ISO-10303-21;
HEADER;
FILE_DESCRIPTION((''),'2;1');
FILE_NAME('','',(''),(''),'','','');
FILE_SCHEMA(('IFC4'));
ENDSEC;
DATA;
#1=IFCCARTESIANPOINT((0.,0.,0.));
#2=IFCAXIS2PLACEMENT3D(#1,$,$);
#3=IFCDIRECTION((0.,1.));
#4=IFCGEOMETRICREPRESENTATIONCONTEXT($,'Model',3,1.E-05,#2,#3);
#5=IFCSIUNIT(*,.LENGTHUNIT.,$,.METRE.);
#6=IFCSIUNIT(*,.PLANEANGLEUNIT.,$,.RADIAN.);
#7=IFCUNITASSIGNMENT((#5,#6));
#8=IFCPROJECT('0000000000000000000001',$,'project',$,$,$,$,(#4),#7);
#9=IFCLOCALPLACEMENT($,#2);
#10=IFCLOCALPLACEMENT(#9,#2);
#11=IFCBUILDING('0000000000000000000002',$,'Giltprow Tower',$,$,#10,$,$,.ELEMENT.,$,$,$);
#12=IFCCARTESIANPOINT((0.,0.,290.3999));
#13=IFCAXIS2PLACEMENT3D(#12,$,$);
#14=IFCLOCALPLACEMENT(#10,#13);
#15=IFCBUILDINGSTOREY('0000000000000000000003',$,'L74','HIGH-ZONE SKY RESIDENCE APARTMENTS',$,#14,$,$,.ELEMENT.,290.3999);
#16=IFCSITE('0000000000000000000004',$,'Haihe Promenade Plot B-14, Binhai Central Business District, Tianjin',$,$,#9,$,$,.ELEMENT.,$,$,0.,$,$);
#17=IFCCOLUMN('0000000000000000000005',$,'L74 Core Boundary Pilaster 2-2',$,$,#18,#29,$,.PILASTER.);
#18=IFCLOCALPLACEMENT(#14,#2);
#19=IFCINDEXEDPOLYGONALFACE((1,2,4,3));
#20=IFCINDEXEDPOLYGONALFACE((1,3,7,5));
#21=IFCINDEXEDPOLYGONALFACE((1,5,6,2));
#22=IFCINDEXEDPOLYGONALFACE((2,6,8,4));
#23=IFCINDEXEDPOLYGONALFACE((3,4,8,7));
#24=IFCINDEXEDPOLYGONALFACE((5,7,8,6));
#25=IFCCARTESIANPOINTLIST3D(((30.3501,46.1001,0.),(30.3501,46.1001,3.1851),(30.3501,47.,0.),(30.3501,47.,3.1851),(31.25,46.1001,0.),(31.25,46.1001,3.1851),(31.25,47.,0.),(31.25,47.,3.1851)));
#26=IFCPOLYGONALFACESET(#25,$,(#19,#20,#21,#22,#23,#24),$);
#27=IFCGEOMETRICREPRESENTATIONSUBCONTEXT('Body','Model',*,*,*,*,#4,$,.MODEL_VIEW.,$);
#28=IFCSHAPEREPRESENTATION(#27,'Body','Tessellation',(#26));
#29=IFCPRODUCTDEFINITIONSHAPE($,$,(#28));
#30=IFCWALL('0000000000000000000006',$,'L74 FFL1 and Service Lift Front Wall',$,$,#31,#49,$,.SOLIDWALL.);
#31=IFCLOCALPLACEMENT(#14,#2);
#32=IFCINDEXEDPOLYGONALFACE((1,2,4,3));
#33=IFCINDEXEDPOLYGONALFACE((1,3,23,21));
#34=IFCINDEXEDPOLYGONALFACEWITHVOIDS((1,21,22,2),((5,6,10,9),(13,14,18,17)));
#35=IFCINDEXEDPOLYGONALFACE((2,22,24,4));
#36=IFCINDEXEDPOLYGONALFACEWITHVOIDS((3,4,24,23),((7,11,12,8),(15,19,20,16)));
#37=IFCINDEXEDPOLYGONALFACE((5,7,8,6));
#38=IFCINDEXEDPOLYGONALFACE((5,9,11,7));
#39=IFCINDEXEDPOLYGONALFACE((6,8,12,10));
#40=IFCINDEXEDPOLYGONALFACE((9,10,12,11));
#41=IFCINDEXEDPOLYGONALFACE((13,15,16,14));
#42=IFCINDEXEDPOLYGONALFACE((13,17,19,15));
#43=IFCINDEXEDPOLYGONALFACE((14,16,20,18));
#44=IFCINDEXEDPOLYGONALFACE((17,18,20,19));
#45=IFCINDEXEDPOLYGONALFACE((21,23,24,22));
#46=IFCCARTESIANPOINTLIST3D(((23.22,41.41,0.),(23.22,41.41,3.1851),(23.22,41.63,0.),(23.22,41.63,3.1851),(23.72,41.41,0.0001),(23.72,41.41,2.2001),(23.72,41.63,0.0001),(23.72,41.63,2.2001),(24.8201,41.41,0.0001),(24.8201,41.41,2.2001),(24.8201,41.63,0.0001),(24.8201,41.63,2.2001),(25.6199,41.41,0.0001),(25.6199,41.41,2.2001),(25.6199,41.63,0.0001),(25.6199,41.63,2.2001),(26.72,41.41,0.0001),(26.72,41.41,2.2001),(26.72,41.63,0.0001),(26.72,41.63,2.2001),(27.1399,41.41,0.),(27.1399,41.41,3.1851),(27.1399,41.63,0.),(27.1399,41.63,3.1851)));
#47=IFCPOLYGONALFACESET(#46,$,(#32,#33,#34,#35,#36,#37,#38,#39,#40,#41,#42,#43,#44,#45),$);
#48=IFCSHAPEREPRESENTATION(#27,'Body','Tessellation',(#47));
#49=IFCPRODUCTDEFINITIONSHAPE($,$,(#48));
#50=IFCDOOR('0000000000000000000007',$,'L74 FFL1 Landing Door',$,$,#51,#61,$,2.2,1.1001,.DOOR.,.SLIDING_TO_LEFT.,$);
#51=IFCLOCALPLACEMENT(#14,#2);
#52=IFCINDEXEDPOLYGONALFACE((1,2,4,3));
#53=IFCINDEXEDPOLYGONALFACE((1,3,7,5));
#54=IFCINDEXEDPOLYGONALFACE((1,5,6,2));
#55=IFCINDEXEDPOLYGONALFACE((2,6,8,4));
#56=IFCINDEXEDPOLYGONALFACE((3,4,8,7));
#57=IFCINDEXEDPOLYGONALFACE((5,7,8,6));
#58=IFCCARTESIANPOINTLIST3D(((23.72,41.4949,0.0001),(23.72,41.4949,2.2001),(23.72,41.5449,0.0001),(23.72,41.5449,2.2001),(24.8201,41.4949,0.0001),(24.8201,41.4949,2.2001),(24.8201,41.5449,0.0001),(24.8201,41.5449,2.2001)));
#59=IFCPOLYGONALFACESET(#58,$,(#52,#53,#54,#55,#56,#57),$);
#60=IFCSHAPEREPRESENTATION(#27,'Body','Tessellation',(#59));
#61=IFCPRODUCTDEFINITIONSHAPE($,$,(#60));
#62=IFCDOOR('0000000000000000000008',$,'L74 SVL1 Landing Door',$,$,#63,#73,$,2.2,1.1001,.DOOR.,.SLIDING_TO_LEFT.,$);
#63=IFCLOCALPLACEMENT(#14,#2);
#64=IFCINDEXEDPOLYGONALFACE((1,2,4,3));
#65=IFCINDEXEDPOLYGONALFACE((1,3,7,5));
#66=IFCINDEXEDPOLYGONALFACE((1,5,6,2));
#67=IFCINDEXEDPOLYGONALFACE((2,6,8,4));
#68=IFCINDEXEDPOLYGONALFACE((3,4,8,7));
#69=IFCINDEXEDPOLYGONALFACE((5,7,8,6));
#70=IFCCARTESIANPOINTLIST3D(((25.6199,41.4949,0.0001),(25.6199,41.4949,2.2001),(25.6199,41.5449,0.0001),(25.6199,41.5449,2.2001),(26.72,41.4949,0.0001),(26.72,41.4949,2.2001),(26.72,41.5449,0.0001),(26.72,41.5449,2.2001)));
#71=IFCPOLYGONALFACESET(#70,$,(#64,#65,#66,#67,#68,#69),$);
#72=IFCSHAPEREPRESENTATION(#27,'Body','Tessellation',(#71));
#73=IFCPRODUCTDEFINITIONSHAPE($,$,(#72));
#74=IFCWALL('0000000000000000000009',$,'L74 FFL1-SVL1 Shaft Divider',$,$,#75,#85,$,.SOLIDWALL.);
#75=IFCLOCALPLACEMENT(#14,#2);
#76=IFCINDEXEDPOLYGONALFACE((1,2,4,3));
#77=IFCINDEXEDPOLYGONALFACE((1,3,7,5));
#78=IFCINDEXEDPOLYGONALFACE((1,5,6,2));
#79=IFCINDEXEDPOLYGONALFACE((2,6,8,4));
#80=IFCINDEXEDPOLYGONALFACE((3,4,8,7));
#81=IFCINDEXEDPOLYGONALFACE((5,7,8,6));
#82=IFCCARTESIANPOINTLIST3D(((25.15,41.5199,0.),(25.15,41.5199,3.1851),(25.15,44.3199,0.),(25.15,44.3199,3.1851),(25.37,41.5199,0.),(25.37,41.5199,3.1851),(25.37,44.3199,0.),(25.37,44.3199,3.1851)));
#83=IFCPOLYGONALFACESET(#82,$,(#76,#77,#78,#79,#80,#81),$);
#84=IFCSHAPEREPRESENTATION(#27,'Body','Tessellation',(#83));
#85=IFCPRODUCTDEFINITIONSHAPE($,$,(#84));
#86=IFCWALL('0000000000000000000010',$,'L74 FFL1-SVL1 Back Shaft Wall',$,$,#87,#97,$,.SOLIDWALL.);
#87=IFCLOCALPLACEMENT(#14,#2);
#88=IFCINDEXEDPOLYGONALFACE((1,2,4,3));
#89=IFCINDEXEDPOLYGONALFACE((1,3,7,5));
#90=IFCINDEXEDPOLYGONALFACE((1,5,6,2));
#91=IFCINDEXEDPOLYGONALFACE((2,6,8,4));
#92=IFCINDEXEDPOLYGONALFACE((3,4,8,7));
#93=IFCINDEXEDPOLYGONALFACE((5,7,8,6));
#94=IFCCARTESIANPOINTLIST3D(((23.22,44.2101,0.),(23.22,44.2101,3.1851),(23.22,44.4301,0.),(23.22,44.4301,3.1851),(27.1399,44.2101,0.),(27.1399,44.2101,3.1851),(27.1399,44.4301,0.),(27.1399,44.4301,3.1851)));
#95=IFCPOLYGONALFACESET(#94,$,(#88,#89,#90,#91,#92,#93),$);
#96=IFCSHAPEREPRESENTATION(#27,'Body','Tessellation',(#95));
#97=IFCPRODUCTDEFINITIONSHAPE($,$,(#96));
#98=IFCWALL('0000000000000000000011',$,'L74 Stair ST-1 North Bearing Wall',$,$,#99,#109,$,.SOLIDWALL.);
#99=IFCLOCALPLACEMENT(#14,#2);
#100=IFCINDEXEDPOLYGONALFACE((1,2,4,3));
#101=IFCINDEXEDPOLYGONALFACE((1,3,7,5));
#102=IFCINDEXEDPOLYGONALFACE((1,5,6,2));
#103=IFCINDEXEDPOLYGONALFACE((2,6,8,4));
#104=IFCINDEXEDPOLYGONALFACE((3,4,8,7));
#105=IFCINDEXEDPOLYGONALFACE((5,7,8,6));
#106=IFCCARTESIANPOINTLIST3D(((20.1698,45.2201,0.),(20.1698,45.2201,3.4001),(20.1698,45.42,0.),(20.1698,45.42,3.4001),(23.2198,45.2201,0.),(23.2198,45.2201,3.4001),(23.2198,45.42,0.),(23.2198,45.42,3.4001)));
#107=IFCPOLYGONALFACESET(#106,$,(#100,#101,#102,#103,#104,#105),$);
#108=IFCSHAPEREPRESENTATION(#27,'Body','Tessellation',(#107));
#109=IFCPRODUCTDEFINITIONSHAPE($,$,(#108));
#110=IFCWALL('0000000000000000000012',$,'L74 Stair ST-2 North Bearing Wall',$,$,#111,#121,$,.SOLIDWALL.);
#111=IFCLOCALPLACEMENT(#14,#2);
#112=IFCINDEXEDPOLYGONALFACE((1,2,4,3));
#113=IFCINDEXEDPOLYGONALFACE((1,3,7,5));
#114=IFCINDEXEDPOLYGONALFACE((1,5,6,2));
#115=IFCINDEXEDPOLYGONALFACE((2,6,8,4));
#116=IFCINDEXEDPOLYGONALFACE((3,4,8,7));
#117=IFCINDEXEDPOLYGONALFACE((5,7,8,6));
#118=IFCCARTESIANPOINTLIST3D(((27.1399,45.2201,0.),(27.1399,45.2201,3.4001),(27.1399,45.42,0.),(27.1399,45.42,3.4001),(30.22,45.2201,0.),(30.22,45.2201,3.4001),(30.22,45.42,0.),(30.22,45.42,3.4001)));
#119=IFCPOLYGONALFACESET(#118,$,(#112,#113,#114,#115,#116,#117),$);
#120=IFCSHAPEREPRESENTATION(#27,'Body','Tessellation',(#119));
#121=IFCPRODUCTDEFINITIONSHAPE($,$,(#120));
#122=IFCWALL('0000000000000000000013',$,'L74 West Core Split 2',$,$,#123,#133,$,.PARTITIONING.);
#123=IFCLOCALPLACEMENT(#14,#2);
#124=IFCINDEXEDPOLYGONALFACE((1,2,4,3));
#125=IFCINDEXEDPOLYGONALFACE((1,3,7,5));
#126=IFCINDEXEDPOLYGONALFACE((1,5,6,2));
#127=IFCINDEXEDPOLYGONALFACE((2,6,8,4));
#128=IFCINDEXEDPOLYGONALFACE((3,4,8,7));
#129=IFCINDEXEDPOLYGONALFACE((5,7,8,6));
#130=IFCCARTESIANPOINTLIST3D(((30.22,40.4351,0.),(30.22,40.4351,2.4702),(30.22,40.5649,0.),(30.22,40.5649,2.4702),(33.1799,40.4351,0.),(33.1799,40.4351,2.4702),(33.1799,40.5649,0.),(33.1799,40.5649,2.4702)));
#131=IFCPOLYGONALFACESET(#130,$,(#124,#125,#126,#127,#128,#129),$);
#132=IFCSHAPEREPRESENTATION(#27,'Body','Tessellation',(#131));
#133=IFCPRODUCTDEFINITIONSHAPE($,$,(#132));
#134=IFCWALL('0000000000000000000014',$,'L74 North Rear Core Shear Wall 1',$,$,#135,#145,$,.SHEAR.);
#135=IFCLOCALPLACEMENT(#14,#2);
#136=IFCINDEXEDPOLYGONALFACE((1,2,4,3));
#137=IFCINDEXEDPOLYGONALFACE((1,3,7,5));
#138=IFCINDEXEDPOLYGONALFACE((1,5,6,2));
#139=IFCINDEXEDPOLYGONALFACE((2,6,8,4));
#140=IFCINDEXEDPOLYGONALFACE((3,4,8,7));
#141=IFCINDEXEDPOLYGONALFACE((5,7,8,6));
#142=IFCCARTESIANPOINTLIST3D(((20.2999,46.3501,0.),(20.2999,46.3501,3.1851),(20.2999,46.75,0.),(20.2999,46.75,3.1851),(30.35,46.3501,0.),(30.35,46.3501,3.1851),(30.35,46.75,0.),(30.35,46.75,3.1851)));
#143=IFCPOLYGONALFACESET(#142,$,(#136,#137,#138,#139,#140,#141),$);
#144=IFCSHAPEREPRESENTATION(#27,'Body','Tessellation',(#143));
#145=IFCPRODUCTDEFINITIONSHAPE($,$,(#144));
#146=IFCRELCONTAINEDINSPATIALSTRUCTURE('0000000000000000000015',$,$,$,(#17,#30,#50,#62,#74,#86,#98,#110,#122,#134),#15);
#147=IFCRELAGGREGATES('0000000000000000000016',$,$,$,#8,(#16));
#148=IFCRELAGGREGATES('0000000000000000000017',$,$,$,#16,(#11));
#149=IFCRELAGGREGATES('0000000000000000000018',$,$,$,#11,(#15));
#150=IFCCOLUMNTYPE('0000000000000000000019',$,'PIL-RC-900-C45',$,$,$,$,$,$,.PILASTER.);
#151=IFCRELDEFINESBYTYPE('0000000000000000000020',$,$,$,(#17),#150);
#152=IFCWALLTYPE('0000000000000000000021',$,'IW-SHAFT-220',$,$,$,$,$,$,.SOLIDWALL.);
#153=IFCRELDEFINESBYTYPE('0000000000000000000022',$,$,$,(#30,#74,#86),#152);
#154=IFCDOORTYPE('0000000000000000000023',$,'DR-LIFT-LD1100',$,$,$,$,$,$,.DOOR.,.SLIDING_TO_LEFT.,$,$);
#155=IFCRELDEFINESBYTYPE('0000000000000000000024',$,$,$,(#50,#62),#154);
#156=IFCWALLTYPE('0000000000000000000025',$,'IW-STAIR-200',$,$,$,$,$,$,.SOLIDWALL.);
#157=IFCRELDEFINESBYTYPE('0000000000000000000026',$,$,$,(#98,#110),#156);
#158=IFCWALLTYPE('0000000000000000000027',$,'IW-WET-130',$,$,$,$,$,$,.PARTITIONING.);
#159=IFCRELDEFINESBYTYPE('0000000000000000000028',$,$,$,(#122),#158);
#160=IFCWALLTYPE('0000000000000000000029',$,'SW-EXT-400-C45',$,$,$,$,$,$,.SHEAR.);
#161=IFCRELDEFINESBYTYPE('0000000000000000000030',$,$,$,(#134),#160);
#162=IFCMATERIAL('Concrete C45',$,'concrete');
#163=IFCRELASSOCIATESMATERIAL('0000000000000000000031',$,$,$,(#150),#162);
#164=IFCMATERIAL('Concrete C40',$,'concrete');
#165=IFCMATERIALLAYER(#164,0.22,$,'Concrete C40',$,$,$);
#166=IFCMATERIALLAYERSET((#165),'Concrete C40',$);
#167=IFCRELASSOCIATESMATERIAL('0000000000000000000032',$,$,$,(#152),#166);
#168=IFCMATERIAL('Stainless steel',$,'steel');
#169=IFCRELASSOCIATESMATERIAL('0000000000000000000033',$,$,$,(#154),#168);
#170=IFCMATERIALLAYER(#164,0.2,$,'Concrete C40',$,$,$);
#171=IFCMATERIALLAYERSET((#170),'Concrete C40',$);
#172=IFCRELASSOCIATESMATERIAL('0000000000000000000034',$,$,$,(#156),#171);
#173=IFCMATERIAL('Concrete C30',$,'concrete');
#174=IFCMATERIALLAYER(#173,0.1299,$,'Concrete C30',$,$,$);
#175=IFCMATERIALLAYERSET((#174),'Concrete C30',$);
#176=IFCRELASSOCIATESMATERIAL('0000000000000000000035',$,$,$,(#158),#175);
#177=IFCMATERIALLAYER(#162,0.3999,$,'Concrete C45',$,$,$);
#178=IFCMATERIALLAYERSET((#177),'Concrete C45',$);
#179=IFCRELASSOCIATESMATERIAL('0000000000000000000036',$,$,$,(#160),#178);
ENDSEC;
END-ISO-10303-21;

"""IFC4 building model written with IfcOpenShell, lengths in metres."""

from ifc_helpers import new_model, si_unit, direction, frame, frame_2d, origin, origin_2d, place, context, subcontext, project, spatial, rectangle, extrude, source, transform, mapped, material, layer, layer_set, material_profile, profile_set, type_object, element, fill, save


model = new_model("IFC4")

# Units and contexts
model_context = context("Model", 3, precision=1e-05, world=origin(), true_north=direction((0.0, 1.0)))
body_context = subcontext(model_context, "Body", "Model", "MODEL_VIEW")
ifc_project = project(units=[si_unit("LENGTHUNIT", "METRE"), si_unit("PLANEANGLEUNIT", "RADIAN")], contexts=[model_context])

# Site, building, storey
site_placement = place(None, origin())
site = spatial("IfcSite", under=ifc_project, at=site_placement, Name="Haihe Promenade Plot B-14, Binhai Central Business District, Tianjin", CompositionType="ELEMENT", RefElevation=0.0)
building_placement = place(site_placement, origin())
building = spatial("IfcBuilding", under=site, at=building_placement, Name="Giltprow Tower", CompositionType="ELEMENT")
storey_placement = place(building_placement, frame((0.0, 0.0, 290.3999)))
storey = spatial("IfcBuildingStorey", under=building, at=storey_placement, Name="L74", Description="HIGH-ZONE SKY RESIDENCE APARTMENTS", CompositionType="ELEMENT", Elevation=290.3999)

# Column
ifc_material_1 = material(Name="Concrete C45", Category="concrete")
ifc_material_profile = material_profile(ifc_material_1, rectangle(XDim=0.8999, YDim=0.8999, at=origin_2d()), Name="RC 900x900")
ifc_profile_set = profile_set([ifc_material_profile], Name="Concrete C45")
column_type = type_object("IfcColumnType", Name="PIL-RC-900-C45", PredefinedType="PILASTER", material=ifc_profile_set)
shared_shape_1 = source(origin(), body_context, "Body", "SweptSolid", [
    extrude(rectangle(XDim=0.8999, YDim=0.8999, at=origin_2d()), origin(), (0.0, 0.0, 1.0), 3.1851),
])
column_placement = place(storey_placement, frame((30.8, 46.55, 0.0), z_axis=(0.0, 0.0, 1.0), x_axis=(1.0, 0.0, 0.0)))
element("IfcColumn", 1, at=column_placement, inside=storey, type_object=column_type, Name="L74 Core Boundary Pilaster 2-2", PredefinedType="PILASTER", context=body_context, shape_type="MappedRepresentation", body=[
    mapped(shared_shape_1, transform((0.0, 0.0, 0.0), x_axis=(1.0, 0.0, 0.0), y_axis=(0.0, 1.0, 0.0), z_axis=(0.0, 0.0, 1.0), scale=1.0)),
])

# Wall, openings, doors
ifc_material_2 = material(Name="Concrete C40", Category="concrete")
ifc_layer_1 = layer(ifc_material_2, 0.22, Name="Concrete C40")
ifc_layer_set_1 = layer_set([ifc_layer_1], Name="Concrete C40")
wall_type_1 = type_object("IfcWallType", Name="IW-SHAFT-220", PredefinedType="SOLIDWALL", material=ifc_layer_set_1)
wall_1_placement = place(storey_placement, frame((23.22, 41.52, 0.0), z_axis=(0.0, 0.0, 1.0), x_axis=(1.0, 0.0, 0.0)))
wall_1 = element("IfcWall", 2, at=wall_1_placement, inside=storey, type_object=wall_type_1, Name="L74 FFL1 and Service Lift Front Wall", PredefinedType="SOLIDWALL", context=body_context, shape_type="SweptSolid", body=[
    extrude(rectangle(XDim=3.9199, YDim=0.22, at=frame_2d((1.96, 0.0))), origin(), (0.0, 0.0, 1.0), 3.1851),
])
opening_1_placement = place(wall_1_placement, frame((0.5, 0.0, 0.0)))
opening_1 = element("IfcOpeningElement", 3, at=opening_1_placement, cuts=wall_1, PredefinedType="OPENING", context=body_context, shape_type="SweptSolid", body=[
    extrude(rectangle(XDim=1.1001, YDim=2.2, at=frame_2d((0.55, 1.1001))), frame((0.0, 0.1199, 0.0), z_axis=(0.0, -1.0, 0.0), x_axis=(1.0, 0.0, 0.0)), (0.0, 0.0, 1.0), 0.24),
])
opening_2_placement = place(wall_1_placement, frame((2.3999, 0.0, 0.0)))
opening_2 = element("IfcOpeningElement", 4, at=opening_2_placement, cuts=wall_1, PredefinedType="OPENING", context=body_context, shape_type="SweptSolid", body=[
    extrude(rectangle(XDim=1.1001, YDim=2.2, at=frame_2d((0.55, 1.1001))), frame((0.0, 0.1199, 0.0), z_axis=(0.0, -1.0, 0.0), x_axis=(1.0, 0.0, 0.0)), (0.0, 0.0, 1.0), 0.24),
])
ifc_material_3 = material(Name="Stainless steel", Category="steel")
door_type = type_object("IfcDoorType", Name="DR-LIFT-LD1100", OperationType="SLIDING_TO_LEFT", PredefinedType="DOOR", material=ifc_material_3)
shared_shape_2 = source(origin(), body_context, "Body", "SweptSolid", [
    extrude(rectangle(XDim=1.1001, YDim=2.2, at=frame_2d((0.55, 1.1001))), frame((0.0, 0.0249, 0.0), z_axis=(0.0, -1.0, 0.0), x_axis=(1.0, 0.0, 0.0)), (0.0, 0.0, 1.0), 0.05),
])
door_1_placement = place(opening_1_placement, origin())
door_1 = element("IfcDoor", 5, at=door_1_placement, inside=storey, type_object=door_type, Name="L74 FFL1 Landing Door", OperationType="SLIDING_TO_LEFT", OverallHeight=2.2, OverallWidth=1.1001, PredefinedType="DOOR", context=body_context, shape_type="MappedRepresentation", body=[
    mapped(shared_shape_2, transform((0.0, 0.0, 0.0), x_axis=(1.0, 0.0, 0.0), y_axis=(0.0, 1.0, 0.0), z_axis=(0.0, 0.0, 1.0), scale=1.0)),
])
fill(opening_1, door_1)
door_2_placement = place(opening_2_placement, origin())
door_2 = element("IfcDoor", 6, at=door_2_placement, inside=storey, type_object=door_type, Name="L74 SVL1 Landing Door", OperationType="SLIDING_TO_LEFT", OverallHeight=2.2, OverallWidth=1.1001, PredefinedType="DOOR", context=body_context, shape_type="MappedRepresentation", body=[
    mapped(shared_shape_2, transform((0.0, 0.0, 0.0), x_axis=(1.0, 0.0, 0.0), y_axis=(0.0, 1.0, 0.0), z_axis=(0.0, 0.0, 1.0), scale=1.0)),
])
fill(opening_2, door_2)

# Walls
wall_2_placement = place(storey_placement, frame((25.26, 41.52, 0.0), z_axis=(0.0, 0.0, 1.0), x_axis=(0.0, 1.0, 0.0)))
element("IfcWall", 7, at=wall_2_placement, inside=storey, type_object=wall_type_1, Name="L74 FFL1-SVL1 Shaft Divider", PredefinedType="SOLIDWALL", context=body_context, shape_type="SweptSolid", body=[
    extrude(rectangle(XDim=2.8, YDim=0.22, at=frame_2d((1.3999, 0.0))), origin(), (0.0, 0.0, 1.0), 3.1851),
])
wall_3_placement = place(storey_placement, frame((23.22, 44.3201, 0.0), z_axis=(0.0, 0.0, 1.0), x_axis=(1.0, 0.0, 0.0)))
element("IfcWall", 8, at=wall_3_placement, inside=storey, type_object=wall_type_1, Name="L74 FFL1-SVL1 Back Shaft Wall", PredefinedType="SOLIDWALL", context=body_context, shape_type="SweptSolid", body=[
    extrude(rectangle(XDim=3.9199, YDim=0.22, at=frame_2d((1.96, 0.0))), origin(), (0.0, 0.0, 1.0), 3.1851),
])
ifc_layer_2 = layer(ifc_material_2, 0.2, Name="Concrete C40")
ifc_layer_set_2 = layer_set([ifc_layer_2], Name="Concrete C40")
wall_type_2 = type_object("IfcWallType", Name="IW-STAIR-200", PredefinedType="SOLIDWALL", material=ifc_layer_set_2)
wall_4_placement = place(storey_placement, frame((20.1699, 45.3201, 0.0), z_axis=(0.0, 0.0, 1.0), x_axis=(1.0, 0.0, 0.0)))
element("IfcWall", 9, at=wall_4_placement, inside=storey, type_object=wall_type_2, Name="L74 Stair ST-1 North Bearing Wall", PredefinedType="SOLIDWALL", context=body_context, shape_type="SweptSolid", body=[
    extrude(rectangle(XDim=3.05, YDim=0.2, at=frame_2d((1.5249, 0.0))), origin(), (0.0, 0.0, 1.0), 3.4001),
])
wall_5_placement = place(storey_placement, frame((27.1399, 45.3201, 0.0), z_axis=(0.0, 0.0, 1.0), x_axis=(1.0, 0.0, 0.0)))
element("IfcWall", 10, at=wall_5_placement, inside=storey, type_object=wall_type_2, Name="L74 Stair ST-2 North Bearing Wall", PredefinedType="SOLIDWALL", context=body_context, shape_type="SweptSolid", body=[
    extrude(rectangle(XDim=3.0801, YDim=0.2, at=frame_2d((1.54, 0.0))), origin(), (0.0, 0.0, 1.0), 3.4001),
])
ifc_material_4 = material(Name="Concrete C30", Category="concrete")
ifc_layer_3 = layer(ifc_material_4, 0.1299, Name="Concrete C30")
ifc_layer_set_3 = layer_set([ifc_layer_3], Name="Concrete C30")
wall_type_3 = type_object("IfcWallType", Name="IW-WET-130", PredefinedType="PARTITIONING", material=ifc_layer_set_3)
wall_6_placement = place(storey_placement, frame((30.22, 40.5, 0.0), z_axis=(0.0, 0.0, 1.0), x_axis=(1.0, 0.0, 0.0)))
element("IfcWall", 11, at=wall_6_placement, inside=storey, type_object=wall_type_3, Name="L74 West Core Split 2", PredefinedType="PARTITIONING", context=body_context, shape_type="SweptSolid", body=[
    extrude(rectangle(XDim=2.96, YDim=0.1299, at=frame_2d((1.48, 0.0))), origin(), (0.0, 0.0, 1.0), 2.4702),
])
ifc_layer_4 = layer(ifc_material_1, 0.3999, Name="Concrete C45")
ifc_layer_set_4 = layer_set([ifc_layer_4], Name="Concrete C45")
wall_type_4 = type_object("IfcWallType", Name="SW-EXT-400-C45", PredefinedType="SHEAR", material=ifc_layer_set_4)
wall_7_placement = place(storey_placement, frame((20.3, 46.55, 0.0), z_axis=(0.0, 0.0, 1.0), x_axis=(1.0, 0.0, 0.0)))
element("IfcWall", 12, at=wall_7_placement, inside=storey, type_object=wall_type_4, Name="L74 North Rear Core Shear Wall 1", PredefinedType="SHEAR", context=body_context, shape_type="SweptSolid", body=[
    extrude(rectangle(XDim=10.05, YDim=0.3999, at=frame_2d((5.0249, 0.0))), origin(), (0.0, 0.0, 1.0), 3.1851),
])

save(model, "model.ifc")
